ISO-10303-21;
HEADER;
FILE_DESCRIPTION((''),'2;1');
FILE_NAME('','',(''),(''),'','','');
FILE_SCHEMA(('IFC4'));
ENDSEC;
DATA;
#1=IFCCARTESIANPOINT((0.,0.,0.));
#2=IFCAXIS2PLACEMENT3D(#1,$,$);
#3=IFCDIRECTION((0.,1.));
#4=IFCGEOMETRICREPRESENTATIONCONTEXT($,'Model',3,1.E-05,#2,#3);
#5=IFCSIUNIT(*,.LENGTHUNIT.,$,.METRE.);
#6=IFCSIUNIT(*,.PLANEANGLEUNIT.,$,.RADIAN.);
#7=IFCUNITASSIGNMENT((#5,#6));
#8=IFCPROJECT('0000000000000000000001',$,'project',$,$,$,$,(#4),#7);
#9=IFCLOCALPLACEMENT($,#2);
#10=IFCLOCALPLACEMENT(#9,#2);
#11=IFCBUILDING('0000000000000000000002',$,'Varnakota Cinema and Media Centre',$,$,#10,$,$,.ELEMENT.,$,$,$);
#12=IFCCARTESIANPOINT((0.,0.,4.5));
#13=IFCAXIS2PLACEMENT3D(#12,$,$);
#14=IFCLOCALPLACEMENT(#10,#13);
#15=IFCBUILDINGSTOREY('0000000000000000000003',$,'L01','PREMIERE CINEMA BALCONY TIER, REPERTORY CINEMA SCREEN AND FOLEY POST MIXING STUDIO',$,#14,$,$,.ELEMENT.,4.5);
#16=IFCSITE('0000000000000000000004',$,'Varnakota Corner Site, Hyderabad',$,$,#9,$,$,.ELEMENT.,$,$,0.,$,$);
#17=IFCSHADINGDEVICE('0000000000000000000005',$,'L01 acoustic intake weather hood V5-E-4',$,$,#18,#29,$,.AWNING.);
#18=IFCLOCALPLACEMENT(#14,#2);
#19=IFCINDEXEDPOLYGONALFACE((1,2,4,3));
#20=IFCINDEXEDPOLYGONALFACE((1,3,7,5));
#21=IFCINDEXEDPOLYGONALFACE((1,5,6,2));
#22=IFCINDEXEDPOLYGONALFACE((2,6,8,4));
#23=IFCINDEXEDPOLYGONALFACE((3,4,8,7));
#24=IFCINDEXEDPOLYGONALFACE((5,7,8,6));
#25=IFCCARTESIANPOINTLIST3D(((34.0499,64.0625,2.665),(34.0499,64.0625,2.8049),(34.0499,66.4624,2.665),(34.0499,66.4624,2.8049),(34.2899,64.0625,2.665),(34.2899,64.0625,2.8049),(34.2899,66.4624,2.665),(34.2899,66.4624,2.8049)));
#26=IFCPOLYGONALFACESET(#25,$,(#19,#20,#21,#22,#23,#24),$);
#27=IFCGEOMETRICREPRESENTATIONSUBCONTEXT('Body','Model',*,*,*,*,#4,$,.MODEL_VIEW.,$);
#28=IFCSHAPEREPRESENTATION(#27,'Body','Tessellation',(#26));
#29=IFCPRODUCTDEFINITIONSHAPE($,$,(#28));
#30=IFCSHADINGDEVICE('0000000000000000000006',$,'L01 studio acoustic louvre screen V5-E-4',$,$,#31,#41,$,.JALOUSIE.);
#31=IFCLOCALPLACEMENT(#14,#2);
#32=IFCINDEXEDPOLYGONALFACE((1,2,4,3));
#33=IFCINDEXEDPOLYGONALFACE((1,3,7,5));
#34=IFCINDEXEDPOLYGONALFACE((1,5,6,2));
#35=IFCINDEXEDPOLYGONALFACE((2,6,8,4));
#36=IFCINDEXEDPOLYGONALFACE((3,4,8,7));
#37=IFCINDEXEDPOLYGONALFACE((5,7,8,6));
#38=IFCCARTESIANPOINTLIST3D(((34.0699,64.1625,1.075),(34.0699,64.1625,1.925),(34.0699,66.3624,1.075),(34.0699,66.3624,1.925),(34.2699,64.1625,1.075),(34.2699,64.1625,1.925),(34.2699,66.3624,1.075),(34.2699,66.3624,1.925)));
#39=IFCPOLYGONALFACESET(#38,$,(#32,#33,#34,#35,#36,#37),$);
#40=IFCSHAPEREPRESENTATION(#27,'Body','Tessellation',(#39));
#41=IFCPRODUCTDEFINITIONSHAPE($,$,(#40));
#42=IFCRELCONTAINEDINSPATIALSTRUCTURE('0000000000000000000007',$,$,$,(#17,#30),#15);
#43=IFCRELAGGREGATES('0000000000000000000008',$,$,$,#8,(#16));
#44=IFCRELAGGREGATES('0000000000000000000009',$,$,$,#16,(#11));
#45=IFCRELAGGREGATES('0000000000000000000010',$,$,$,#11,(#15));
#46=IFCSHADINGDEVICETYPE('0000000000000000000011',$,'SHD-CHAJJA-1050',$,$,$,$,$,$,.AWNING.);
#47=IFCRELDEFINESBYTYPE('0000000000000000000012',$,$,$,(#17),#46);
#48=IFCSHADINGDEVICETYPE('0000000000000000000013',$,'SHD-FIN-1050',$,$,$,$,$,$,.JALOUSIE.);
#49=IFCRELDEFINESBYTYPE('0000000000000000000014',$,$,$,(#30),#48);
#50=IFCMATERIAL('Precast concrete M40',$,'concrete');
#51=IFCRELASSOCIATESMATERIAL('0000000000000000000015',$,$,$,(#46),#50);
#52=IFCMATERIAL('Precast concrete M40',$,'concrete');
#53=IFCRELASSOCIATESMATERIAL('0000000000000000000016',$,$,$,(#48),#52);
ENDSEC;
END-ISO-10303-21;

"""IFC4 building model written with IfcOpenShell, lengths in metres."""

from ifc_helpers import new_model, si_unit, direction, frame, origin, origin_2d, place, context, subcontext, project, spatial, rectangle, extrude, material, type_object, element, save


model = new_model("IFC4")

# Units and contexts
model_context = context("Model", 3, precision=1e-05, world=origin(), true_north=direction((0.0, 1.0)))
body_context = subcontext(model_context, "Body", "Model", "MODEL_VIEW")
ifc_project = project(units=[si_unit("LENGTHUNIT", "METRE"), si_unit("PLANEANGLEUNIT", "RADIAN")], contexts=[model_context])

# Site, building, storey
site_placement = place(None, origin())
site = spatial("IfcSite", under=ifc_project, at=site_placement, Name="Varnakota Corner Site, Hyderabad", CompositionType="ELEMENT", RefElevation=0.0)
building_placement = place(site_placement, origin())
building = spatial("IfcBuilding", under=site, at=building_placement, Name="Varnakota Cinema and Media Centre", CompositionType="ELEMENT")
storey_placement = place(building_placement, frame((0.0, 0.0, 4.5)))
storey = spatial("IfcBuildingStorey", under=building, at=storey_placement, Name="L01", Description="PREMIERE CINEMA BALCONY TIER, REPERTORY CINEMA SCREEN AND FOLEY POST MIXING STUDIO", CompositionType="ELEMENT", Elevation=4.5)

# Shading devices
ifc_material_1 = material(Name="Precast concrete M40", Category="concrete")
shading_device_type_1 = type_object("IfcShadingDeviceType", Name="SHD-CHAJJA-1050", PredefinedType="AWNING", material=ifc_material_1)
shading_device_1_placement = place(storey_placement, frame((34.1699, 65.2625, 2.665), z_axis=(0.0, 0.0, 1.0), x_axis=(0.0, 1.0, 0.0)))
element("IfcShadingDevice", 1, at=shading_device_1_placement, inside=storey, type_object=shading_device_type_1, Name="L01 acoustic intake weather hood V5-E-4", PredefinedType="AWNING", context=body_context, shape_type="SweptSolid", body=[
    extrude(rectangle(XDim=2.3999, YDim=0.24, at=origin_2d()), origin(), (0.0, 0.0, 1.0), 0.1399),
])
ifc_material_2 = material(Name="Precast concrete M40", Category="concrete")
shading_device_type_2 = type_object("IfcShadingDeviceType", Name="SHD-FIN-1050", PredefinedType="JALOUSIE", material=ifc_material_2)
shading_device_2_placement = place(storey_placement, frame((34.1699, 65.2625, 1.075), z_axis=(0.0, 0.0, 1.0), x_axis=(0.0, 1.0, 0.0)))
element("IfcShadingDevice", 2, at=shading_device_2_placement, inside=storey, type_object=shading_device_type_2, Name="L01 studio acoustic louvre screen V5-E-4", PredefinedType="JALOUSIE", context=body_context, shape_type="SweptSolid", body=[
    extrude(rectangle(XDim=2.2, YDim=0.2, at=origin_2d()), origin(), (0.0, 0.0, 1.0), 0.8501),
])

save(model, "model.ifc")
